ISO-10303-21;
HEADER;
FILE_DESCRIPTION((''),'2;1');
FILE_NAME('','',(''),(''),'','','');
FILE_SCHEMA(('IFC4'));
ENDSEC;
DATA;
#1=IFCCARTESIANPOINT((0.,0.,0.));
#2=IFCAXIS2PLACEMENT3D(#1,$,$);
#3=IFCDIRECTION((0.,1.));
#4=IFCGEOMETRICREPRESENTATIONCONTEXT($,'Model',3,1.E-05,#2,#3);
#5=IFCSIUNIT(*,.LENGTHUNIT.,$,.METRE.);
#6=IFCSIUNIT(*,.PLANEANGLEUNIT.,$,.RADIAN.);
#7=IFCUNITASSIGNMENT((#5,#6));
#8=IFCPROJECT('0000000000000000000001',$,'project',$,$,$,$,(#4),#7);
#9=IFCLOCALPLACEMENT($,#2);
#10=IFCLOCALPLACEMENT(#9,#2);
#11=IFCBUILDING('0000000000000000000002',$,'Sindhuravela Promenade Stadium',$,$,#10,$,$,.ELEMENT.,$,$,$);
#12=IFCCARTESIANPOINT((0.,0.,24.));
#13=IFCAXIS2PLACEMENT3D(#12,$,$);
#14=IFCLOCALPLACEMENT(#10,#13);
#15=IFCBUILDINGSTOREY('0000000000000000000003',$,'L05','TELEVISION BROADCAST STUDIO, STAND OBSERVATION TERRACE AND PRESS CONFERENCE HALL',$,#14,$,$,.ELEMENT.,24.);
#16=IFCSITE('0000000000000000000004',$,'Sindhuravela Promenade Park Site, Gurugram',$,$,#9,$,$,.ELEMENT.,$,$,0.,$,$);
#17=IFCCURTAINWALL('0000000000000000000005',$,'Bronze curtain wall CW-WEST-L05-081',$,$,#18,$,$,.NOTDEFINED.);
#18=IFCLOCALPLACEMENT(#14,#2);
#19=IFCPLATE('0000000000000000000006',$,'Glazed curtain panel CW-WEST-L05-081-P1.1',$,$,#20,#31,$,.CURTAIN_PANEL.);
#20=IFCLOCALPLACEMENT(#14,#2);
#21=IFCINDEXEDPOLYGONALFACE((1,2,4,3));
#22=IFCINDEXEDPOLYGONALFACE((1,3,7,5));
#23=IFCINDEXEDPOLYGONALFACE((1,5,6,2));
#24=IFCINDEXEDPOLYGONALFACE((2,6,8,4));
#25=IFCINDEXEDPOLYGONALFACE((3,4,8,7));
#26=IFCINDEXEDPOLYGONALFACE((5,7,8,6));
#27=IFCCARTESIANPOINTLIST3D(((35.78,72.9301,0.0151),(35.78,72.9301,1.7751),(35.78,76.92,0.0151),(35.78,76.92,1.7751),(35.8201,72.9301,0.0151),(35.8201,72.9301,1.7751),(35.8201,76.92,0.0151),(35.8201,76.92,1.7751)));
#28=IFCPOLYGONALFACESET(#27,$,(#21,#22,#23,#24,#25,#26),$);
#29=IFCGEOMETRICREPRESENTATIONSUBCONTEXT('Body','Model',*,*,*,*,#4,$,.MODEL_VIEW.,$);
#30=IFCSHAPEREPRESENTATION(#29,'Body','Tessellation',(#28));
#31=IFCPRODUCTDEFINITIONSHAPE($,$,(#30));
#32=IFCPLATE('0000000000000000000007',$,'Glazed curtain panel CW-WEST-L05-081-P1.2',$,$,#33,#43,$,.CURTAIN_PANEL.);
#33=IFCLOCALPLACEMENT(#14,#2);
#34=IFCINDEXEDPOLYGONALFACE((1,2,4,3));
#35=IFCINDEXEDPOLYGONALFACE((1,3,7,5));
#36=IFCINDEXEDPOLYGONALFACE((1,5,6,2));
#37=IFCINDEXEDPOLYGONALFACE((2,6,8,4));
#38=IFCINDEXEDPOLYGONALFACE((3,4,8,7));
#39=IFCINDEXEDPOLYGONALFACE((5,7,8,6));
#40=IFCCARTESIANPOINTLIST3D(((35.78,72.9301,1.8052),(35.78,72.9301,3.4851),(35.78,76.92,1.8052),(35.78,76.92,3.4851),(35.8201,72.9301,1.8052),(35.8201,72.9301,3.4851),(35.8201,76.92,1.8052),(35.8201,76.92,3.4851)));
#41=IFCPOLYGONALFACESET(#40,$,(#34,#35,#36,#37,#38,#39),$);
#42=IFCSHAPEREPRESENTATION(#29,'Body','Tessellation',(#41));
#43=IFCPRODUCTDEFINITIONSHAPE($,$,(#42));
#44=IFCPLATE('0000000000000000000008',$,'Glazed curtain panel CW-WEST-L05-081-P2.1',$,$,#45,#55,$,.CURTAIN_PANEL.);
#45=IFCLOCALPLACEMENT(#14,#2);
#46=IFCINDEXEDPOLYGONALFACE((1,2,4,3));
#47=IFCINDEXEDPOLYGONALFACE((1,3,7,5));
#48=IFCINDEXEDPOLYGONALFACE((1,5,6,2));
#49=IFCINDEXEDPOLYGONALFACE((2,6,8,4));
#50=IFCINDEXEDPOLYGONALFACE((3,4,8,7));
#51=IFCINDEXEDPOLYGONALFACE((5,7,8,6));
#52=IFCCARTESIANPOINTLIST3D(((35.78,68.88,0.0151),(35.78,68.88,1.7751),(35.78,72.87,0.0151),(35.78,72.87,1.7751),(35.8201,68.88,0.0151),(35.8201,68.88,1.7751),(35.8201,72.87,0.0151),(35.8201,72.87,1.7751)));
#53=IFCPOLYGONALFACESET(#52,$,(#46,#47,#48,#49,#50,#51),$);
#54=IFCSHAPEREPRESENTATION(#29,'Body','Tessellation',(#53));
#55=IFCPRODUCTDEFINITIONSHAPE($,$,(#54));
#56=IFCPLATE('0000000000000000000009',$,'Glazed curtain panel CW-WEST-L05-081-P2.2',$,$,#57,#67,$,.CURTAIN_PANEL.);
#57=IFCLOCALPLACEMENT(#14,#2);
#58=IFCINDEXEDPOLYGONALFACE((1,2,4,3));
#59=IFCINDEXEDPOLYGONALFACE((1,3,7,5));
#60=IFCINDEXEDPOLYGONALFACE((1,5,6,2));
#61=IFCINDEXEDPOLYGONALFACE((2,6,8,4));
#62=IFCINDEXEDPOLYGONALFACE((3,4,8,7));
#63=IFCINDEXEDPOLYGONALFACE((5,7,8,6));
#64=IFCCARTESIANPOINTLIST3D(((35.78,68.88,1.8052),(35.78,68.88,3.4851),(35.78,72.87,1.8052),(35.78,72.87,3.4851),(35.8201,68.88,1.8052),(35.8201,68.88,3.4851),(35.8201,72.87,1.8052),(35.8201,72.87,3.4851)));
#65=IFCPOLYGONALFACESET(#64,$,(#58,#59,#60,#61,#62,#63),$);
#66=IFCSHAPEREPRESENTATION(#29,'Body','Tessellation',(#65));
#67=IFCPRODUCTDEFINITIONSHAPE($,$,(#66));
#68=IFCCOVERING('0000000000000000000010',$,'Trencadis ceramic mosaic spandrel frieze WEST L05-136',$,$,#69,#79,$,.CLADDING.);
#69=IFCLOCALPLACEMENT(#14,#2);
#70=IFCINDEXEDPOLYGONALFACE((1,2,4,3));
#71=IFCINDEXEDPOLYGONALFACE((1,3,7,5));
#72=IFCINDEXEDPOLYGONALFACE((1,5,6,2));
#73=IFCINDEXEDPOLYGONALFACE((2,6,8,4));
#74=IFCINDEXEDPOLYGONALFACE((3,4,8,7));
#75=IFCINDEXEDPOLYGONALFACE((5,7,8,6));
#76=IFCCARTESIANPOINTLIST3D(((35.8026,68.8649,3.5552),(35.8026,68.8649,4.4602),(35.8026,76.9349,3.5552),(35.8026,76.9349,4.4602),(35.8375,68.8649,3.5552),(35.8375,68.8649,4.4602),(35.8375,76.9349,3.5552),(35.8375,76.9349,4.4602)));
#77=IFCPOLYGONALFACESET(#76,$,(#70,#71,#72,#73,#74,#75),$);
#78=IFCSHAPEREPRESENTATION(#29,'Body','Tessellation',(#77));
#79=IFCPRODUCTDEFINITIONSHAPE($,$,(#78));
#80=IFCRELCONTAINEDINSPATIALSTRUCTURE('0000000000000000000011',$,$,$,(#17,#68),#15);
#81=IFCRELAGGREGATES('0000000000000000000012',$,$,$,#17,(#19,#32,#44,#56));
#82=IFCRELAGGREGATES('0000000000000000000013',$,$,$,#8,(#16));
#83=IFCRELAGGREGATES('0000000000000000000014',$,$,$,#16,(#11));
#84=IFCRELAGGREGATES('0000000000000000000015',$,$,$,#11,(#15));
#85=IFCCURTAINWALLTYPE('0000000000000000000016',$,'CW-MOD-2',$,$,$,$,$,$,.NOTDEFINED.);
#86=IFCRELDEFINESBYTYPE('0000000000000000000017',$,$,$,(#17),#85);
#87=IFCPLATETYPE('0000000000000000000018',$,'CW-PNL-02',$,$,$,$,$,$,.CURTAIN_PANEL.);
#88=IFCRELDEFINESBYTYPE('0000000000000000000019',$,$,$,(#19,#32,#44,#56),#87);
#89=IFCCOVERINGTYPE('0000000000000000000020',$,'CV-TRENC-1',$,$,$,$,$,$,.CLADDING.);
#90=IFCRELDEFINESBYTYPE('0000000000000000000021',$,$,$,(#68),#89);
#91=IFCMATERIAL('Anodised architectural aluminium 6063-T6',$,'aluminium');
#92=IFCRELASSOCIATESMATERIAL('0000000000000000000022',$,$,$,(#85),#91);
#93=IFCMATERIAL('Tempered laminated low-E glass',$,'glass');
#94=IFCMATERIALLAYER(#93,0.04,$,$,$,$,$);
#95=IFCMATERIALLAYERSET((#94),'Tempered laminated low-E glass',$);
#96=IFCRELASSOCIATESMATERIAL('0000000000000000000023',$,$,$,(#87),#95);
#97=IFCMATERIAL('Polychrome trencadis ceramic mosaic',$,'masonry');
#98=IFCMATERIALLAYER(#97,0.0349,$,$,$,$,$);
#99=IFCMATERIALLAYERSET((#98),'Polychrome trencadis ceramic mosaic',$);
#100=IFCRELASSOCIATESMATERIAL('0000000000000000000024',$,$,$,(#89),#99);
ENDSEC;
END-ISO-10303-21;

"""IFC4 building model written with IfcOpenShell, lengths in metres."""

from ifc_helpers import new_model, si_unit, direction, frame, origin, origin_2d, place, context, subcontext, project, spatial, rectangle, extrude, material, layer, layer_set, type_object, element, aggregate, save


model = new_model("IFC4")

# Units and contexts
model_context = context("Model", 3, precision=1e-05, world=origin(), true_north=direction((0.0, 1.0)))
body_context = subcontext(model_context, "Body", "Model", "MODEL_VIEW")
ifc_project = project(units=[si_unit("LENGTHUNIT", "METRE"), si_unit("PLANEANGLEUNIT", "RADIAN")], contexts=[model_context])

# Site, building, storey
site_placement = place(None, origin())
site = spatial("IfcSite", under=ifc_project, at=site_placement, Name="Sindhuravela Promenade Park Site, Gurugram", CompositionType="ELEMENT", RefElevation=0.0)
building_placement = place(site_placement, origin())
building = spatial("IfcBuilding", under=site, at=building_placement, Name="Sindhuravela Promenade Stadium", CompositionType="ELEMENT")
storey_placement = place(building_placement, frame((0.0, 0.0, 24.0)))
storey = spatial("IfcBuildingStorey", under=building, at=storey_placement, Name="L05", Description="TELEVISION BROADCAST STUDIO, STAND OBSERVATION TERRACE AND PRESS CONFERENCE HALL", CompositionType="ELEMENT", Elevation=24.0)

# Curtain wall
ifc_material_1 = material(Name="Anodised architectural aluminium 6063-T6", Category="aluminium")
curtain_wall_type_1 = type_object("IfcCurtainWallType", Name="CW-MOD-2", PredefinedType="NOTDEFINED", material=ifc_material_1)
curtain_wall_1_placement = place(storey_placement, origin())
curtain_wall_1 = element("IfcCurtainWall", 1, at=curtain_wall_1_placement, inside=storey, type_object=curtain_wall_type_1, Name="Bronze curtain wall CW-WEST-L05-081", PredefinedType="NOTDEFINED")

# Plates
ifc_material_2 = material(Name="Tempered laminated low-E glass", Category="glass")
ifc_layer_1 = layer(ifc_material_2, 0.04)
ifc_layer_set_1 = layer_set([ifc_layer_1], Name="Tempered laminated low-E glass")
plate_type_1 = type_object("IfcPlateType", Name="CW-PNL-02", PredefinedType="CURTAIN_PANEL", material=ifc_layer_set_1)
plate_1_placement = place(storey_placement, frame((35.8, 74.925, 0.0151), z_axis=(0.0, 0.0, 1.0), x_axis=(0.0, -1.0, 0.0)))
plate_1 = element("IfcPlate", 2, at=plate_1_placement, type_object=plate_type_1, Name="Glazed curtain panel CW-WEST-L05-081-P1.1", PredefinedType="CURTAIN_PANEL", context=body_context, shape_type="SweptSolid", body=[
    extrude(rectangle(XDim=3.99, YDim=0.04, at=origin_2d()), origin(), (0.0, 0.0, 1.0), 1.76),
])
plate_2_placement = place(storey_placement, frame((35.8, 74.925, 1.8052), z_axis=(0.0, 0.0, 1.0), x_axis=(0.0, -1.0, 0.0)))
plate_2 = element("IfcPlate", 3, at=plate_2_placement, type_object=plate_type_1, Name="Glazed curtain panel CW-WEST-L05-081-P1.2", PredefinedType="CURTAIN_PANEL", context=body_context, shape_type="SweptSolid", body=[
    extrude(rectangle(XDim=3.99, YDim=0.04, at=origin_2d()), origin(), (0.0, 0.0, 1.0), 1.6799),
])
plate_3_placement = place(storey_placement, frame((35.8, 70.875, 0.0151), z_axis=(0.0, 0.0, 1.0), x_axis=(0.0, -1.0, 0.0)))
plate_3 = element("IfcPlate", 4, at=plate_3_placement, type_object=plate_type_1, Name="Glazed curtain panel CW-WEST-L05-081-P2.1", PredefinedType="CURTAIN_PANEL", context=body_context, shape_type="SweptSolid", body=[
    extrude(rectangle(XDim=3.99, YDim=0.04, at=origin_2d()), origin(), (0.0, 0.0, 1.0), 1.76),
])
plate_4_placement = place(storey_placement, frame((35.8, 70.875, 1.8052), z_axis=(0.0, 0.0, 1.0), x_axis=(0.0, -1.0, 0.0)))
plate_4 = element("IfcPlate", 5, at=plate_4_placement, type_object=plate_type_1, Name="Glazed curtain panel CW-WEST-L05-081-P2.2", PredefinedType="CURTAIN_PANEL", context=body_context, shape_type="SweptSolid", body=[
    extrude(rectangle(XDim=3.99, YDim=0.04, at=origin_2d()), origin(), (0.0, 0.0, 1.0), 1.6799),
])
aggregate(curtain_wall_1, [plate_1, plate_2, plate_3, plate_4])

# Covering
ifc_material_3 = material(Name="Polychrome trencadis ceramic mosaic", Category="masonry")
ifc_layer_2 = layer(ifc_material_3, 0.0349)
ifc_layer_set_2 = layer_set([ifc_layer_2], Name="Polychrome trencadis ceramic mosaic")
covering_type = type_object("IfcCoveringType", Name="CV-TRENC-1", PredefinedType="CLADDING", material=ifc_layer_set_2)
covering_placement = place(storey_placement, frame((35.8201, 72.8999, 3.5552), z_axis=(0.0, 0.0, 1.0), x_axis=(0.0, -1.0, 0.0)))
element("IfcCovering", 6, at=covering_placement, inside=storey, type_object=covering_type, Name="Trencadis ceramic mosaic spandrel frieze WEST L05-136", PredefinedType="CLADDING", context=body_context, shape_type="SweptSolid", body=[
    extrude(rectangle(XDim=8.0701, YDim=0.0349, at=origin_2d()), origin(), (0.0, 0.0, 1.0), 0.905),
])

save(model, "model.ifc")
